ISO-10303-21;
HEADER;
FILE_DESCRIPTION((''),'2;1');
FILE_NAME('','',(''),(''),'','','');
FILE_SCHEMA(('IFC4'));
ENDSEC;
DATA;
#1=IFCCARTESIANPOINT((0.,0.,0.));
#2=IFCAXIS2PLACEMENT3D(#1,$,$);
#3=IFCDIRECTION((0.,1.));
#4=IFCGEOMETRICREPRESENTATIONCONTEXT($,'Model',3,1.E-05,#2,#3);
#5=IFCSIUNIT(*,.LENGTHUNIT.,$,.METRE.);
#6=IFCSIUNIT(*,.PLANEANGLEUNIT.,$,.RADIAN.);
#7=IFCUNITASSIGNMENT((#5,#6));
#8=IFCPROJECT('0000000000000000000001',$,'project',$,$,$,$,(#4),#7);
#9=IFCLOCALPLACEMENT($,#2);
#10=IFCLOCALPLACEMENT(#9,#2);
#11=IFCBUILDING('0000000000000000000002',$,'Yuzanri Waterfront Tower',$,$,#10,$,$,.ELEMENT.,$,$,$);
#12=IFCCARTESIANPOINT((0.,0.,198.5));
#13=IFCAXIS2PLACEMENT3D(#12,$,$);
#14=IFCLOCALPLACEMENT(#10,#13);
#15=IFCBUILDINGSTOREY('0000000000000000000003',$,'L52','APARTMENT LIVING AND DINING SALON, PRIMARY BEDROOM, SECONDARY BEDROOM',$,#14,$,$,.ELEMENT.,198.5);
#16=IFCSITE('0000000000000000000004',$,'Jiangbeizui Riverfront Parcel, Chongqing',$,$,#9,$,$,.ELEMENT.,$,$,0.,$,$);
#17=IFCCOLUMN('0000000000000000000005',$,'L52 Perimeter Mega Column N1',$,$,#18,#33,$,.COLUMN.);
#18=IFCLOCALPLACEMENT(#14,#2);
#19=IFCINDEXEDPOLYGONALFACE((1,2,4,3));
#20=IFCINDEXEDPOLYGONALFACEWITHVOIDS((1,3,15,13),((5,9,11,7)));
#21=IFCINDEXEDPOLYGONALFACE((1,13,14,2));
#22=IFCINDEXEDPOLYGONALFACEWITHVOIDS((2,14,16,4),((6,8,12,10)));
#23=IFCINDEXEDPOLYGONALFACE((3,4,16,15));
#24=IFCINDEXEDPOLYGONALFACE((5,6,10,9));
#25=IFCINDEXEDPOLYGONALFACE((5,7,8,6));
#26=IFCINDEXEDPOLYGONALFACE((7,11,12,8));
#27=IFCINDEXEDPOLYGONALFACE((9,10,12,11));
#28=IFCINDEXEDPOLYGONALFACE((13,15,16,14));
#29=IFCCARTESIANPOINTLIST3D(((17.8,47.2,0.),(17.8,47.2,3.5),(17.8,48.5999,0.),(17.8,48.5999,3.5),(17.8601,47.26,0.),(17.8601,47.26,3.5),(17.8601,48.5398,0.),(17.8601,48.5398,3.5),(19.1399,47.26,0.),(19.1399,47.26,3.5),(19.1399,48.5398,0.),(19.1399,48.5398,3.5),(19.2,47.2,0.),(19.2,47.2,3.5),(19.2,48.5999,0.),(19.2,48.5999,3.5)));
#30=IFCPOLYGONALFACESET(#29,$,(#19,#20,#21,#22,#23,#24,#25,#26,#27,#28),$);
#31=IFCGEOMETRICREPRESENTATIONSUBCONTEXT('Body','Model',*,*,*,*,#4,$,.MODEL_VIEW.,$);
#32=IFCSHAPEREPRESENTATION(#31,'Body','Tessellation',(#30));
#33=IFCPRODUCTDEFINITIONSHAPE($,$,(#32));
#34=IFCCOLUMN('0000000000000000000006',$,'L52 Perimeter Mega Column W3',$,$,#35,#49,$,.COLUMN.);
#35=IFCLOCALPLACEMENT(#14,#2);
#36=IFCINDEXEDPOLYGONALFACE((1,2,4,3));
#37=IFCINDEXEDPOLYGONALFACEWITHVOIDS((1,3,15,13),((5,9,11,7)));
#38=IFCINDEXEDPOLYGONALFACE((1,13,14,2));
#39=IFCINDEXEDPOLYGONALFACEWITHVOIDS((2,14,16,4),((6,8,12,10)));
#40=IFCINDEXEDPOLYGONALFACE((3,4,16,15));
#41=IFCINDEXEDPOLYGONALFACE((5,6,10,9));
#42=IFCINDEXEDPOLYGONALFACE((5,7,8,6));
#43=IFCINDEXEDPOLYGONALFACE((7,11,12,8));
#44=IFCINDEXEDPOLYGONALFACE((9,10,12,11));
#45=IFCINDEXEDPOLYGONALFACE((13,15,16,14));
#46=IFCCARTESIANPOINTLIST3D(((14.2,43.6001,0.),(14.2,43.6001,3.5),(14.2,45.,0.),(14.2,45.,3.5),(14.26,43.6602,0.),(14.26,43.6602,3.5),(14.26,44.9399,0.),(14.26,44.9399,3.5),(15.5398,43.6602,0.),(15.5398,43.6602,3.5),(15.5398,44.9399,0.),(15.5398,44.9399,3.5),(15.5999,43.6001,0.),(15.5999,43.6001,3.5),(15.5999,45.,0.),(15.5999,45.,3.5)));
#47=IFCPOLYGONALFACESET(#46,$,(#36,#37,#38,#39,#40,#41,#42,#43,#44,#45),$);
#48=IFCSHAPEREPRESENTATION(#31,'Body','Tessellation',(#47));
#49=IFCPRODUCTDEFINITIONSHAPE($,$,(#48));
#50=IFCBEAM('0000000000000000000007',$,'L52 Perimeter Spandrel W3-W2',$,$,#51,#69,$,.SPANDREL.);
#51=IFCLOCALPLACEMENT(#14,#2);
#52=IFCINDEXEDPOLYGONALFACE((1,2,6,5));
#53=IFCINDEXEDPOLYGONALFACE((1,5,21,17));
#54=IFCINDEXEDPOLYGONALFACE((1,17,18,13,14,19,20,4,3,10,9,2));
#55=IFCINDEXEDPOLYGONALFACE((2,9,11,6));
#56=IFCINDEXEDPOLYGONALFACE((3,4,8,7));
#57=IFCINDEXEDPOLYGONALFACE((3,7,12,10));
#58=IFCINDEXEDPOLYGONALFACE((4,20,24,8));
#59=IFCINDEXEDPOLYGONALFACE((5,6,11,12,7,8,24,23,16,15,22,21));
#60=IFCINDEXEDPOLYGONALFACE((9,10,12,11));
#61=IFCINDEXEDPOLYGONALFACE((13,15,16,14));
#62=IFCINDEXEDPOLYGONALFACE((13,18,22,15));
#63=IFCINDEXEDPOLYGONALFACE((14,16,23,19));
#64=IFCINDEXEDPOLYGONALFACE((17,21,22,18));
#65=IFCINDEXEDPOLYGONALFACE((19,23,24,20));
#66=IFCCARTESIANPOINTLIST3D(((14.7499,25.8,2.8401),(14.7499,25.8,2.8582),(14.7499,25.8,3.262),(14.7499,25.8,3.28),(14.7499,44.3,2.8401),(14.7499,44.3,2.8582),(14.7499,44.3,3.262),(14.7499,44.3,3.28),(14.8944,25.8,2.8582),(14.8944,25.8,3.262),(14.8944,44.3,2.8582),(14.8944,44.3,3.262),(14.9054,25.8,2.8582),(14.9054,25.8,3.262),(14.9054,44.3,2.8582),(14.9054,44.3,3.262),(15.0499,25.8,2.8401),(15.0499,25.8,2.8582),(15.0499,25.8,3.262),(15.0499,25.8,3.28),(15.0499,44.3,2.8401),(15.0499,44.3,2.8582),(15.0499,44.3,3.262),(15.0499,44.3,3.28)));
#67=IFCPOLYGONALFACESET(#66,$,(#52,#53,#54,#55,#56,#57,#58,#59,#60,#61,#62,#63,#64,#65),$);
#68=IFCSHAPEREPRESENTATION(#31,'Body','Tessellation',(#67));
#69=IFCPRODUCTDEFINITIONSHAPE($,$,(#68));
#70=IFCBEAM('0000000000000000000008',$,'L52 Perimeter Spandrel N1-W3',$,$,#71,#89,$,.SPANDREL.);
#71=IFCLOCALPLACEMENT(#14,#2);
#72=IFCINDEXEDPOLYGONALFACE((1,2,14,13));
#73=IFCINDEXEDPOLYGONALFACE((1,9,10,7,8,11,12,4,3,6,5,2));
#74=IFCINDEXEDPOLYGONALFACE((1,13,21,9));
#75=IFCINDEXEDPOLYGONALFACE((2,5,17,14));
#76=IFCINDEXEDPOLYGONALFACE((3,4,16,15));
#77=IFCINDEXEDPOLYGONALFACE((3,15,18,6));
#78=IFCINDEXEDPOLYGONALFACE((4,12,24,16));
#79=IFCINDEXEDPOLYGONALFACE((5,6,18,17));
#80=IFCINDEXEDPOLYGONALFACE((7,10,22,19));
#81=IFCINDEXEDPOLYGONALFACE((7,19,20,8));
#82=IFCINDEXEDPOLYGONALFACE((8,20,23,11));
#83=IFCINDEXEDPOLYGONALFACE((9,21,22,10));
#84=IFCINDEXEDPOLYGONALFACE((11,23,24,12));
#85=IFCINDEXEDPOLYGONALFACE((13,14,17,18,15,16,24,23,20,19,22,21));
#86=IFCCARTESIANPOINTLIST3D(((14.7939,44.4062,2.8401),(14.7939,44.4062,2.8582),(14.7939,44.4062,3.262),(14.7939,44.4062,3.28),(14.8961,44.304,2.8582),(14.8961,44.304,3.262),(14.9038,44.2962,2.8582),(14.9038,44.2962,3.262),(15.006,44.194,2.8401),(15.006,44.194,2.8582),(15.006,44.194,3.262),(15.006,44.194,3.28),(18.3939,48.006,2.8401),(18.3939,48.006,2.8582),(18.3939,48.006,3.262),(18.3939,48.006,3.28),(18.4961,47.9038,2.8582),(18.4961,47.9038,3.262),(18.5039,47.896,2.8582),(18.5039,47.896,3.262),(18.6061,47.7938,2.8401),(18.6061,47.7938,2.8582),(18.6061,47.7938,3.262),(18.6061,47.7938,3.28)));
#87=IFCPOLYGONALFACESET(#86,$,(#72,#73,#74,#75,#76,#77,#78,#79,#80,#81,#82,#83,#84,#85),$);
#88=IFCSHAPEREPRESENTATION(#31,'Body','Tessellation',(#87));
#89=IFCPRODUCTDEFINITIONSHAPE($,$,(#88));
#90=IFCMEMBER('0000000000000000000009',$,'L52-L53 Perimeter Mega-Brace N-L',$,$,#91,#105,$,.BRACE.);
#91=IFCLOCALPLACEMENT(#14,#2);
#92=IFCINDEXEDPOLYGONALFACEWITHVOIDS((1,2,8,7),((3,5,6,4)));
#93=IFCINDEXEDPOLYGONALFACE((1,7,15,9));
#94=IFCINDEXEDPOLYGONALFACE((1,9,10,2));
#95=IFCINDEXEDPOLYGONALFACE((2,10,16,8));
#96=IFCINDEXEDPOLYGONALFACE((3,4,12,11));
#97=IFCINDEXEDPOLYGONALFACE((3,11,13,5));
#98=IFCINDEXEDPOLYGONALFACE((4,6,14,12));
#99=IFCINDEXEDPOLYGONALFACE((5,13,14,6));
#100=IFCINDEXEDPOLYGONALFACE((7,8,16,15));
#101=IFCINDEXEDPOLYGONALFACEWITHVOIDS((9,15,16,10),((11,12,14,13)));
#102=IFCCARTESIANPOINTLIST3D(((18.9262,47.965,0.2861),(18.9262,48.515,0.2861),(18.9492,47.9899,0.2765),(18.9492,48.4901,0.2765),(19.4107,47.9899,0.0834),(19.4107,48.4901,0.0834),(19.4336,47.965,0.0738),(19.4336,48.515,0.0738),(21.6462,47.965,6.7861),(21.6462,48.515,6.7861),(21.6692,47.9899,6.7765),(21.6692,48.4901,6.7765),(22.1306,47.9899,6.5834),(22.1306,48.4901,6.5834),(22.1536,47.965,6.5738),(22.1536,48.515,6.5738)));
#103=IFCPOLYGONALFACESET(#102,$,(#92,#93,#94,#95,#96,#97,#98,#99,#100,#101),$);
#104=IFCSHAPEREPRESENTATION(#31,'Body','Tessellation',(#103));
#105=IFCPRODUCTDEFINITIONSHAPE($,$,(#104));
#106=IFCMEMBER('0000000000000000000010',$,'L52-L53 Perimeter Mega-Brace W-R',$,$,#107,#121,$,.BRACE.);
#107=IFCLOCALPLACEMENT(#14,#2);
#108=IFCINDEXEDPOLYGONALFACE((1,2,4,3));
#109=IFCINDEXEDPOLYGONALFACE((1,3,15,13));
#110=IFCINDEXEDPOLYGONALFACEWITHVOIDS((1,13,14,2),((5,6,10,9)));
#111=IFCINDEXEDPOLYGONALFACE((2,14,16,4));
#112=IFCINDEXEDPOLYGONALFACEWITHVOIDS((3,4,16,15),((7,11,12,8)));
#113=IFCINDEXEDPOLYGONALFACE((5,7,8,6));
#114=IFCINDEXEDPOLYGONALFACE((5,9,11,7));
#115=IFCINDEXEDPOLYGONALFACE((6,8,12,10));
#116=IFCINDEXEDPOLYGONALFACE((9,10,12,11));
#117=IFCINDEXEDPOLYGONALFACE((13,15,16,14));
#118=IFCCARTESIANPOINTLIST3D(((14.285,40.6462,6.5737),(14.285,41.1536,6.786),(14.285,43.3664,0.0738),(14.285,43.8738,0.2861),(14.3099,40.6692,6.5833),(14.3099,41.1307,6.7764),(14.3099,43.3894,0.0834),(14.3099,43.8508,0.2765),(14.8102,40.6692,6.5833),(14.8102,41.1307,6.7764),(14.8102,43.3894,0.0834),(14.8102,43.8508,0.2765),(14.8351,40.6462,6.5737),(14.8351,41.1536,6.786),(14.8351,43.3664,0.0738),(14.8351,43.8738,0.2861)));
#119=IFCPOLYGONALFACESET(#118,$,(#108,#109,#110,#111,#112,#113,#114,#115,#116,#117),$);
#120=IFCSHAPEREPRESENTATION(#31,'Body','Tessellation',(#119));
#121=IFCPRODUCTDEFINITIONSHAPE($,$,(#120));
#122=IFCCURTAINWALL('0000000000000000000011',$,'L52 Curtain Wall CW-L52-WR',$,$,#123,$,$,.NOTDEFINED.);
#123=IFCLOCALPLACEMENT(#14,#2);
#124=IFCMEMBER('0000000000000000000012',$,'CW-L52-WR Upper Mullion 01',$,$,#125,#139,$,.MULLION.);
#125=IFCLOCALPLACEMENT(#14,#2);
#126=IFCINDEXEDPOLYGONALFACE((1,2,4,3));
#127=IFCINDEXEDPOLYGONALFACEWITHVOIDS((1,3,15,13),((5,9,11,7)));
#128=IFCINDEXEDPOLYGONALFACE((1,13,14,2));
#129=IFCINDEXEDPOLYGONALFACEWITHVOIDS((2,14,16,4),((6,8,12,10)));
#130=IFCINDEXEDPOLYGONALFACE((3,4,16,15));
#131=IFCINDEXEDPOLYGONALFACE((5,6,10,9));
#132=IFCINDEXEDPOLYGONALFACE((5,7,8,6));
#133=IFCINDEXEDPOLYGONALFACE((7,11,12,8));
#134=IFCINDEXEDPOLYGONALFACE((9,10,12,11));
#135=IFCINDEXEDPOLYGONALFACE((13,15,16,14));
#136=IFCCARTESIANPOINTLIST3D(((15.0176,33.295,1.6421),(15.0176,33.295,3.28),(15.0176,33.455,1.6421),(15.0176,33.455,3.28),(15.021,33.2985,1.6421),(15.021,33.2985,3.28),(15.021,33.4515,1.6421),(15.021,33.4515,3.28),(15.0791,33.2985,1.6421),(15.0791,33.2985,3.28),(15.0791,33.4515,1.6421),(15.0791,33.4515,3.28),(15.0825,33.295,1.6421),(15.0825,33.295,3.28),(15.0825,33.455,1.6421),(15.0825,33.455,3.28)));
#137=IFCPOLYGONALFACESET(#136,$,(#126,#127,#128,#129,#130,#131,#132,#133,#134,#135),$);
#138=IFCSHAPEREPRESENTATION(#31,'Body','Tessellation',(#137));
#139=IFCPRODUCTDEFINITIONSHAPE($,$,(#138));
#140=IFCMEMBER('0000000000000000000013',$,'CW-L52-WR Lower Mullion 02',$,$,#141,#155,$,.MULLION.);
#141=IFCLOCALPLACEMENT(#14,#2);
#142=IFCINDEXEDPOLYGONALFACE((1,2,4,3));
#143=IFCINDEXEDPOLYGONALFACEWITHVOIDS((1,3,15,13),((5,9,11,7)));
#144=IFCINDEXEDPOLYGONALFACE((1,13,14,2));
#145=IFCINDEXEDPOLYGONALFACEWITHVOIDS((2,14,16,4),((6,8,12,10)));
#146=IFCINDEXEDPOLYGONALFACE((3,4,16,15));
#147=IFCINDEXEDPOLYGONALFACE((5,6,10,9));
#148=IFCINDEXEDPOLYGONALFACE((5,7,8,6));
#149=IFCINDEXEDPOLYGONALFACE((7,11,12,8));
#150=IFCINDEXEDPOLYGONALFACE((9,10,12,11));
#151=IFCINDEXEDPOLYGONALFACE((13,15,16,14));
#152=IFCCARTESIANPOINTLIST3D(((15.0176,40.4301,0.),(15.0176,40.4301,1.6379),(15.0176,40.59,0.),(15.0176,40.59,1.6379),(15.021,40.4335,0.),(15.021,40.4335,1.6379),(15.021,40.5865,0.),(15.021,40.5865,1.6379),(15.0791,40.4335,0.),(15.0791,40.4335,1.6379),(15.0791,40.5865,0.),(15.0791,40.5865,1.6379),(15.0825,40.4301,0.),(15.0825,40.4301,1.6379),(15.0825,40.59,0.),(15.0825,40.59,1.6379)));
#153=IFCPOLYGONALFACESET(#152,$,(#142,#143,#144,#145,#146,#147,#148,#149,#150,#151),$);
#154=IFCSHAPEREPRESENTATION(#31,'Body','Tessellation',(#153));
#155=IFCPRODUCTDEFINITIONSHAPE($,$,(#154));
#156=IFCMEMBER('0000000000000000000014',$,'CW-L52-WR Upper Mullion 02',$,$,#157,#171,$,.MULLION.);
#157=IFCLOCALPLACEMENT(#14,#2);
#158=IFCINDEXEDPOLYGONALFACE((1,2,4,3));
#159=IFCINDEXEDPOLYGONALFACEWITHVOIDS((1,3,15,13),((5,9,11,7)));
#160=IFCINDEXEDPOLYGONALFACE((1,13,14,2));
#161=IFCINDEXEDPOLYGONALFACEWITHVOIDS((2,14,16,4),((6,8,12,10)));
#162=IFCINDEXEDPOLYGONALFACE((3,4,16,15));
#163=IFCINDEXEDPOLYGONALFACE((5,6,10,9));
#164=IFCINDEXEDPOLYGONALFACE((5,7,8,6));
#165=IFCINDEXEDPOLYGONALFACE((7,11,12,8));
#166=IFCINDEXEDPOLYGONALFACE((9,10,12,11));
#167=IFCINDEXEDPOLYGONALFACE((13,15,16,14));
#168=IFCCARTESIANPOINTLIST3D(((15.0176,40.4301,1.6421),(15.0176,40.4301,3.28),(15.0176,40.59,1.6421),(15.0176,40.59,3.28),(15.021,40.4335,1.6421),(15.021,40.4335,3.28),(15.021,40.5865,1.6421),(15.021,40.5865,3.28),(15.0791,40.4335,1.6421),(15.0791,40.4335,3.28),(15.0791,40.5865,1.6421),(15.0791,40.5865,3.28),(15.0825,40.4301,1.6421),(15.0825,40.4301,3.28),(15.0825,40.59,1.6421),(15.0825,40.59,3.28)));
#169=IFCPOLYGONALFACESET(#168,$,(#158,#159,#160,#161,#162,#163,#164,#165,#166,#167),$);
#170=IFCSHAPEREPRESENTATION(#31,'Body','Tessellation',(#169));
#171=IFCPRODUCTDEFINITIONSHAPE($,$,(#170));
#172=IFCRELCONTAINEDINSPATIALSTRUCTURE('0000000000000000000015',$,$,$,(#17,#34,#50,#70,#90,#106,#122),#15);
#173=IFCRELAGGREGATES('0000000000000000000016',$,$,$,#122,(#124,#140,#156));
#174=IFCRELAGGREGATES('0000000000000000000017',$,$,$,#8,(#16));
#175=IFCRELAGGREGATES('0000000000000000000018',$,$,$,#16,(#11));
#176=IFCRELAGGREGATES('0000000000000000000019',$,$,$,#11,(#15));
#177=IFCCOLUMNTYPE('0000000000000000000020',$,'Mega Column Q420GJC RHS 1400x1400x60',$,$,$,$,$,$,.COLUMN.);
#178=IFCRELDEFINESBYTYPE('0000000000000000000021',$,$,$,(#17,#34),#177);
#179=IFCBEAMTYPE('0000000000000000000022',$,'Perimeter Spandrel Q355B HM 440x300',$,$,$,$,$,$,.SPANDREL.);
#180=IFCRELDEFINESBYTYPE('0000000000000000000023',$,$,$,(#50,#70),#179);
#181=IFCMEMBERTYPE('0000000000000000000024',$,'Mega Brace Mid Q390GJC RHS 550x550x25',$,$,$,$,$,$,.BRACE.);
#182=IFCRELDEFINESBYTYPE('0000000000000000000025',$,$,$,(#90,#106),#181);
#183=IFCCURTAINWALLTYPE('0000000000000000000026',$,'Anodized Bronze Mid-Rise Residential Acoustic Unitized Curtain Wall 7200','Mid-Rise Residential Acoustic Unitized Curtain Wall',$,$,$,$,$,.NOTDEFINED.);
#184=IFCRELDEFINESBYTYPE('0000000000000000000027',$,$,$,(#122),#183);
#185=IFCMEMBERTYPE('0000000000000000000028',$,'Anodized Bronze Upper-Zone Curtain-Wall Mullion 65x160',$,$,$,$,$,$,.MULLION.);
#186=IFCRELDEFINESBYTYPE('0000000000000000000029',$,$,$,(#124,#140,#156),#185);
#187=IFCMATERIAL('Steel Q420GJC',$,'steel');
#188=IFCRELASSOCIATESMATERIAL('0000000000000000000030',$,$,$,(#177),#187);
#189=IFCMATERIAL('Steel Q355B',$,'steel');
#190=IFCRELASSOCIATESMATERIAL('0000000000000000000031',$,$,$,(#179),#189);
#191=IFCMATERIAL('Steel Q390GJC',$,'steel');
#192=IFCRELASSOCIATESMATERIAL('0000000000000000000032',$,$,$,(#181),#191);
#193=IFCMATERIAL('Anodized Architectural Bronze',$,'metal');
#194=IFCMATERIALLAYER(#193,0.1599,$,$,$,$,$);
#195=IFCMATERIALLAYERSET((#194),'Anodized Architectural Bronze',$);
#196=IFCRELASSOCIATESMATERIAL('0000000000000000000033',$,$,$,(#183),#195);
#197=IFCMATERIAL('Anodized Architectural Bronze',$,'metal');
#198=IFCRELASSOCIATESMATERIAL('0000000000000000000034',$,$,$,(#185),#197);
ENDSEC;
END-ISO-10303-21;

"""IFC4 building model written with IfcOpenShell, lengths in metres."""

from ifc_helpers import new_model, si_unit, direction, frame, origin, origin_2d, place, context, subcontext, project, spatial, hollow_rectangle, i_section, extrude, source, transform, mapped, material, layer, layer_set, material_profile, profile_set, type_object, element, aggregate, save


model = new_model("IFC4")

# Units and contexts
model_context = context("Model", 3, precision=1e-05, world=origin(), true_north=direction((0.0, 1.0)))
body_context = subcontext(model_context, "Body", "Model", "MODEL_VIEW")
ifc_project = project(units=[si_unit("LENGTHUNIT", "METRE"), si_unit("PLANEANGLEUNIT", "RADIAN")], contexts=[model_context])

# Site, building, storey
site_placement = place(None, origin())
site = spatial("IfcSite", under=ifc_project, at=site_placement, Name="Jiangbeizui Riverfront Parcel, Chongqing", CompositionType="ELEMENT", RefElevation=0.0)
building_placement = place(site_placement, origin())
building = spatial("IfcBuilding", under=site, at=building_placement, Name="Yuzanri Waterfront Tower", CompositionType="ELEMENT")
storey_placement = place(building_placement, frame((0.0, 0.0, 198.5)))
storey = spatial("IfcBuildingStorey", under=building, at=storey_placement, Name="L52", Description="APARTMENT LIVING AND DINING SALON, PRIMARY BEDROOM, SECONDARY BEDROOM", CompositionType="ELEMENT", Elevation=198.5)

# Columns
ifc_material_1 = material(Name="Steel Q420GJC", Category="steel")
ifc_material_profile_1 = material_profile(ifc_material_1, hollow_rectangle(XDim=1.3999, YDim=1.3999, WallThickness=0.0601, at=origin_2d()), Name="RHS 1400x1400x60")
ifc_profile_set_1 = profile_set([ifc_material_profile_1], Name="Steel Q420GJC")
column_type = type_object("IfcColumnType", Name="Mega Column Q420GJC RHS 1400x1400x60", PredefinedType="COLUMN", material=ifc_profile_set_1)
shared_shape_1 = source(origin(), body_context, "Body", "SweptSolid", [
    extrude(hollow_rectangle(XDim=1.3999, YDim=1.3999, WallThickness=0.0601, at=origin_2d()), origin(), (0.0, 0.0, 1.0), 3.5),
])
for number, where, z_axis, x_axis, name in (
    (1, (18.5, 47.8999, 0.0), (0.0, 0.0, 1.0), (1.0, 0.0, 0.0), "L52 Perimeter Mega Column N1"),
    (2, (14.8999, 44.3, 0.0), (0.0, 0.0, 1.0), (1.0, 0.0, 0.0), "L52 Perimeter Mega Column W3"),
):
    element("IfcColumn", number, at=place(storey_placement, frame(where, z_axis=z_axis, x_axis=x_axis)), inside=storey, type_object=column_type, Name=name, PredefinedType="COLUMN", context=body_context, shape_type="MappedRepresentation", body=[
        mapped(shared_shape_1, transform((0.0, 0.0, 0.0), scale=1.0)),
    ])

# Beams
ifc_material_2 = material(Name="Steel Q355B", Category="steel")
ifc_material_profile_2 = material_profile(ifc_material_2, i_section(OverallWidth=0.3, OverallDepth=0.4399, WebThickness=0.011, FlangeThickness=0.0181, at=origin_2d()), Name="HM 440x300x11x18")
ifc_profile_set_2 = profile_set([ifc_material_profile_2], Name="Steel Q355B")
beam_type = type_object("IfcBeamType", Name="Perimeter Spandrel Q355B HM 440x300", PredefinedType="SPANDREL", material=ifc_profile_set_2)
shared_shape_2 = source(origin(), body_context, "Body", "SweptSolid", [
    extrude(i_section(OverallWidth=0.3, OverallDepth=0.4399, WebThickness=0.011, FlangeThickness=0.0181, at=origin_2d()), origin(), (0.0, 0.0, 1.0), 18.5),
])
beam_1_placement = place(storey_placement, frame((14.8999, 44.3, 3.0601), z_axis=(0.0, -1.0, 0.0), x_axis=(1.0, 0.0, 0.0)))
element("IfcBeam", 3, at=beam_1_placement, inside=storey, type_object=beam_type, Name="L52 Perimeter Spandrel W3-W2", PredefinedType="SPANDREL", context=body_context, shape_type="MappedRepresentation", body=[
    mapped(shared_shape_2, transform((0.0, 0.0, 0.0), scale=1.0)),
])
shared_shape_3 = source(origin(), body_context, "Body", "SweptSolid", [
    extrude(i_section(OverallWidth=0.3, OverallDepth=0.4399, WebThickness=0.011, FlangeThickness=0.0181, at=origin_2d()), origin(), (0.0, 0.0, 1.0), 5.0911),
])
beam_2_placement = place(storey_placement, frame((18.5, 47.8999, 3.0601), z_axis=(-0.707131, -0.707083, 0.0), x_axis=(0.707083, -0.707131, 0.0)))
element("IfcBeam", 4, at=beam_2_placement, inside=storey, type_object=beam_type, Name="L52 Perimeter Spandrel N1-W3", PredefinedType="SPANDREL", context=body_context, shape_type="MappedRepresentation", body=[
    mapped(shared_shape_3, transform((0.0, 0.0, 0.0), scale=1.0)),
])

# Members
ifc_material_3 = material(Name="Steel Q390GJC", Category="steel")
ifc_material_profile_3 = material_profile(ifc_material_3, hollow_rectangle(XDim=0.55, YDim=0.55, WallThickness=0.0249, at=origin_2d()), Name="RHS 550x550x25")
ifc_profile_set_3 = profile_set([ifc_material_profile_3], Name="Steel Q390GJC")
member_type_1 = type_object("IfcMemberType", Name="Mega Brace Mid Q390GJC RHS 550x550x25", PredefinedType="BRACE", material=ifc_profile_set_3)
shared_shape_4 = source(origin(), body_context, "Body", "SweptSolid", [
    extrude(hollow_rectangle(XDim=0.55, YDim=0.55, WallThickness=0.0249, at=origin_2d()), origin(), (0.0, 0.0, 1.0), 7.0461),
])
for number, where, z_axis, x_axis, name in (
    (5, (19.1799, 48.24, 0.1799), (0.386022, 0.0, 0.922489), (0.0, 1.0, 0.0), "L52-L53 Perimeter Mega-Brace N-L"),
    (6, (14.5601, 43.6201, 0.1799), (0.0, -0.386052, 0.922477), (1.0, 0.0, 0.0), "L52-L53 Perimeter Mega-Brace W-R"),
):
    element("IfcMember", number, at=place(storey_placement, frame(where, z_axis=z_axis, x_axis=x_axis)), inside=storey, type_object=member_type_1, Name=name, PredefinedType="BRACE", context=body_context, shape_type="MappedRepresentation", body=[
        mapped(shared_shape_4, transform((0.0, 0.0, 0.0), scale=1.0)),
    ])

# Curtain wall, members
ifc_material_4 = material(Name="Anodized Architectural Bronze", Category="metal")
ifc_layer_1 = layer(ifc_material_4, 0.1599)
ifc_layer_set_1 = layer_set([ifc_layer_1], Name="Anodized Architectural Bronze")
curtain_wall_type = type_object("IfcCurtainWallType", Name="Anodized Bronze Mid-Rise Residential Acoustic Unitized Curtain Wall 7200", Description="Mid-Rise Residential Acoustic Unitized Curtain Wall", PredefinedType="NOTDEFINED", material=ifc_layer_set_1)
curtain_wall_1_placement = place(storey_placement, origin())
curtain_wall_1 = element("IfcCurtainWall", 7, at=curtain_wall_1_placement, inside=storey, type_object=curtain_wall_type, Name="L52 Curtain Wall CW-L52-WR", PredefinedType="NOTDEFINED")
ifc_material_5 = material(Name="Anodized Architectural Bronze", Category="metal")
ifc_material_profile_4 = material_profile(ifc_material_5, hollow_rectangle(XDim=0.0649, YDim=0.1599, WallThickness=0.0034, at=origin_2d()), Name="CWM 65x160")
ifc_profile_set_4 = profile_set([ifc_material_profile_4], Name="Anodized Architectural Bronze")
member_type_2 = type_object("IfcMemberType", Name="Anodized Bronze Upper-Zone Curtain-Wall Mullion 65x160", PredefinedType="MULLION", material=ifc_profile_set_4)
shared_shape_5 = source(origin(), body_context, "Body", "SweptSolid", [
    extrude(hollow_rectangle(XDim=0.0649, YDim=0.1599, WallThickness=0.0034, at=origin_2d()), origin(), (0.0, 0.0, 1.0), 1.6379),
])
member_1_placement = place(storey_placement, frame((15.05, 33.375, 1.6421), z_axis=(0.0, 0.0, 1.0), x_axis=(1.0, 0.0, 0.0)))
member_1 = element("IfcMember", 8, at=member_1_placement, type_object=member_type_2, Name="CW-L52-WR Upper Mullion 01", PredefinedType="MULLION", context=body_context, shape_type="MappedRepresentation", body=[
    mapped(shared_shape_5, transform((0.0, 0.0, 0.0), scale=1.0)),
])
member_2_placement = place(storey_placement, frame((15.05, 40.51, 0.0), z_axis=(0.0, 0.0, 1.0), x_axis=(1.0, 0.0, 0.0)))
member_2 = element("IfcMember", 9, at=member_2_placement, type_object=member_type_2, Name="CW-L52-WR Lower Mullion 02", PredefinedType="MULLION", context=body_context, shape_type="MappedRepresentation", body=[
    mapped(shared_shape_5, transform((0.0, 0.0, 0.0), scale=1.0)),
])
member_3_placement = place(storey_placement, frame((15.05, 40.51, 1.6421), z_axis=(0.0, 0.0, 1.0), x_axis=(1.0, 0.0, 0.0)))
member_3 = element("IfcMember", 10, at=member_3_placement, type_object=member_type_2, Name="CW-L52-WR Upper Mullion 02", PredefinedType="MULLION", context=body_context, shape_type="MappedRepresentation", body=[
    mapped(shared_shape_5, transform((0.0, 0.0, 0.0), scale=1.0)),
])

aggregate(curtain_wall_1, [member_1, member_2, member_3])

save(model, "model.ifc")
